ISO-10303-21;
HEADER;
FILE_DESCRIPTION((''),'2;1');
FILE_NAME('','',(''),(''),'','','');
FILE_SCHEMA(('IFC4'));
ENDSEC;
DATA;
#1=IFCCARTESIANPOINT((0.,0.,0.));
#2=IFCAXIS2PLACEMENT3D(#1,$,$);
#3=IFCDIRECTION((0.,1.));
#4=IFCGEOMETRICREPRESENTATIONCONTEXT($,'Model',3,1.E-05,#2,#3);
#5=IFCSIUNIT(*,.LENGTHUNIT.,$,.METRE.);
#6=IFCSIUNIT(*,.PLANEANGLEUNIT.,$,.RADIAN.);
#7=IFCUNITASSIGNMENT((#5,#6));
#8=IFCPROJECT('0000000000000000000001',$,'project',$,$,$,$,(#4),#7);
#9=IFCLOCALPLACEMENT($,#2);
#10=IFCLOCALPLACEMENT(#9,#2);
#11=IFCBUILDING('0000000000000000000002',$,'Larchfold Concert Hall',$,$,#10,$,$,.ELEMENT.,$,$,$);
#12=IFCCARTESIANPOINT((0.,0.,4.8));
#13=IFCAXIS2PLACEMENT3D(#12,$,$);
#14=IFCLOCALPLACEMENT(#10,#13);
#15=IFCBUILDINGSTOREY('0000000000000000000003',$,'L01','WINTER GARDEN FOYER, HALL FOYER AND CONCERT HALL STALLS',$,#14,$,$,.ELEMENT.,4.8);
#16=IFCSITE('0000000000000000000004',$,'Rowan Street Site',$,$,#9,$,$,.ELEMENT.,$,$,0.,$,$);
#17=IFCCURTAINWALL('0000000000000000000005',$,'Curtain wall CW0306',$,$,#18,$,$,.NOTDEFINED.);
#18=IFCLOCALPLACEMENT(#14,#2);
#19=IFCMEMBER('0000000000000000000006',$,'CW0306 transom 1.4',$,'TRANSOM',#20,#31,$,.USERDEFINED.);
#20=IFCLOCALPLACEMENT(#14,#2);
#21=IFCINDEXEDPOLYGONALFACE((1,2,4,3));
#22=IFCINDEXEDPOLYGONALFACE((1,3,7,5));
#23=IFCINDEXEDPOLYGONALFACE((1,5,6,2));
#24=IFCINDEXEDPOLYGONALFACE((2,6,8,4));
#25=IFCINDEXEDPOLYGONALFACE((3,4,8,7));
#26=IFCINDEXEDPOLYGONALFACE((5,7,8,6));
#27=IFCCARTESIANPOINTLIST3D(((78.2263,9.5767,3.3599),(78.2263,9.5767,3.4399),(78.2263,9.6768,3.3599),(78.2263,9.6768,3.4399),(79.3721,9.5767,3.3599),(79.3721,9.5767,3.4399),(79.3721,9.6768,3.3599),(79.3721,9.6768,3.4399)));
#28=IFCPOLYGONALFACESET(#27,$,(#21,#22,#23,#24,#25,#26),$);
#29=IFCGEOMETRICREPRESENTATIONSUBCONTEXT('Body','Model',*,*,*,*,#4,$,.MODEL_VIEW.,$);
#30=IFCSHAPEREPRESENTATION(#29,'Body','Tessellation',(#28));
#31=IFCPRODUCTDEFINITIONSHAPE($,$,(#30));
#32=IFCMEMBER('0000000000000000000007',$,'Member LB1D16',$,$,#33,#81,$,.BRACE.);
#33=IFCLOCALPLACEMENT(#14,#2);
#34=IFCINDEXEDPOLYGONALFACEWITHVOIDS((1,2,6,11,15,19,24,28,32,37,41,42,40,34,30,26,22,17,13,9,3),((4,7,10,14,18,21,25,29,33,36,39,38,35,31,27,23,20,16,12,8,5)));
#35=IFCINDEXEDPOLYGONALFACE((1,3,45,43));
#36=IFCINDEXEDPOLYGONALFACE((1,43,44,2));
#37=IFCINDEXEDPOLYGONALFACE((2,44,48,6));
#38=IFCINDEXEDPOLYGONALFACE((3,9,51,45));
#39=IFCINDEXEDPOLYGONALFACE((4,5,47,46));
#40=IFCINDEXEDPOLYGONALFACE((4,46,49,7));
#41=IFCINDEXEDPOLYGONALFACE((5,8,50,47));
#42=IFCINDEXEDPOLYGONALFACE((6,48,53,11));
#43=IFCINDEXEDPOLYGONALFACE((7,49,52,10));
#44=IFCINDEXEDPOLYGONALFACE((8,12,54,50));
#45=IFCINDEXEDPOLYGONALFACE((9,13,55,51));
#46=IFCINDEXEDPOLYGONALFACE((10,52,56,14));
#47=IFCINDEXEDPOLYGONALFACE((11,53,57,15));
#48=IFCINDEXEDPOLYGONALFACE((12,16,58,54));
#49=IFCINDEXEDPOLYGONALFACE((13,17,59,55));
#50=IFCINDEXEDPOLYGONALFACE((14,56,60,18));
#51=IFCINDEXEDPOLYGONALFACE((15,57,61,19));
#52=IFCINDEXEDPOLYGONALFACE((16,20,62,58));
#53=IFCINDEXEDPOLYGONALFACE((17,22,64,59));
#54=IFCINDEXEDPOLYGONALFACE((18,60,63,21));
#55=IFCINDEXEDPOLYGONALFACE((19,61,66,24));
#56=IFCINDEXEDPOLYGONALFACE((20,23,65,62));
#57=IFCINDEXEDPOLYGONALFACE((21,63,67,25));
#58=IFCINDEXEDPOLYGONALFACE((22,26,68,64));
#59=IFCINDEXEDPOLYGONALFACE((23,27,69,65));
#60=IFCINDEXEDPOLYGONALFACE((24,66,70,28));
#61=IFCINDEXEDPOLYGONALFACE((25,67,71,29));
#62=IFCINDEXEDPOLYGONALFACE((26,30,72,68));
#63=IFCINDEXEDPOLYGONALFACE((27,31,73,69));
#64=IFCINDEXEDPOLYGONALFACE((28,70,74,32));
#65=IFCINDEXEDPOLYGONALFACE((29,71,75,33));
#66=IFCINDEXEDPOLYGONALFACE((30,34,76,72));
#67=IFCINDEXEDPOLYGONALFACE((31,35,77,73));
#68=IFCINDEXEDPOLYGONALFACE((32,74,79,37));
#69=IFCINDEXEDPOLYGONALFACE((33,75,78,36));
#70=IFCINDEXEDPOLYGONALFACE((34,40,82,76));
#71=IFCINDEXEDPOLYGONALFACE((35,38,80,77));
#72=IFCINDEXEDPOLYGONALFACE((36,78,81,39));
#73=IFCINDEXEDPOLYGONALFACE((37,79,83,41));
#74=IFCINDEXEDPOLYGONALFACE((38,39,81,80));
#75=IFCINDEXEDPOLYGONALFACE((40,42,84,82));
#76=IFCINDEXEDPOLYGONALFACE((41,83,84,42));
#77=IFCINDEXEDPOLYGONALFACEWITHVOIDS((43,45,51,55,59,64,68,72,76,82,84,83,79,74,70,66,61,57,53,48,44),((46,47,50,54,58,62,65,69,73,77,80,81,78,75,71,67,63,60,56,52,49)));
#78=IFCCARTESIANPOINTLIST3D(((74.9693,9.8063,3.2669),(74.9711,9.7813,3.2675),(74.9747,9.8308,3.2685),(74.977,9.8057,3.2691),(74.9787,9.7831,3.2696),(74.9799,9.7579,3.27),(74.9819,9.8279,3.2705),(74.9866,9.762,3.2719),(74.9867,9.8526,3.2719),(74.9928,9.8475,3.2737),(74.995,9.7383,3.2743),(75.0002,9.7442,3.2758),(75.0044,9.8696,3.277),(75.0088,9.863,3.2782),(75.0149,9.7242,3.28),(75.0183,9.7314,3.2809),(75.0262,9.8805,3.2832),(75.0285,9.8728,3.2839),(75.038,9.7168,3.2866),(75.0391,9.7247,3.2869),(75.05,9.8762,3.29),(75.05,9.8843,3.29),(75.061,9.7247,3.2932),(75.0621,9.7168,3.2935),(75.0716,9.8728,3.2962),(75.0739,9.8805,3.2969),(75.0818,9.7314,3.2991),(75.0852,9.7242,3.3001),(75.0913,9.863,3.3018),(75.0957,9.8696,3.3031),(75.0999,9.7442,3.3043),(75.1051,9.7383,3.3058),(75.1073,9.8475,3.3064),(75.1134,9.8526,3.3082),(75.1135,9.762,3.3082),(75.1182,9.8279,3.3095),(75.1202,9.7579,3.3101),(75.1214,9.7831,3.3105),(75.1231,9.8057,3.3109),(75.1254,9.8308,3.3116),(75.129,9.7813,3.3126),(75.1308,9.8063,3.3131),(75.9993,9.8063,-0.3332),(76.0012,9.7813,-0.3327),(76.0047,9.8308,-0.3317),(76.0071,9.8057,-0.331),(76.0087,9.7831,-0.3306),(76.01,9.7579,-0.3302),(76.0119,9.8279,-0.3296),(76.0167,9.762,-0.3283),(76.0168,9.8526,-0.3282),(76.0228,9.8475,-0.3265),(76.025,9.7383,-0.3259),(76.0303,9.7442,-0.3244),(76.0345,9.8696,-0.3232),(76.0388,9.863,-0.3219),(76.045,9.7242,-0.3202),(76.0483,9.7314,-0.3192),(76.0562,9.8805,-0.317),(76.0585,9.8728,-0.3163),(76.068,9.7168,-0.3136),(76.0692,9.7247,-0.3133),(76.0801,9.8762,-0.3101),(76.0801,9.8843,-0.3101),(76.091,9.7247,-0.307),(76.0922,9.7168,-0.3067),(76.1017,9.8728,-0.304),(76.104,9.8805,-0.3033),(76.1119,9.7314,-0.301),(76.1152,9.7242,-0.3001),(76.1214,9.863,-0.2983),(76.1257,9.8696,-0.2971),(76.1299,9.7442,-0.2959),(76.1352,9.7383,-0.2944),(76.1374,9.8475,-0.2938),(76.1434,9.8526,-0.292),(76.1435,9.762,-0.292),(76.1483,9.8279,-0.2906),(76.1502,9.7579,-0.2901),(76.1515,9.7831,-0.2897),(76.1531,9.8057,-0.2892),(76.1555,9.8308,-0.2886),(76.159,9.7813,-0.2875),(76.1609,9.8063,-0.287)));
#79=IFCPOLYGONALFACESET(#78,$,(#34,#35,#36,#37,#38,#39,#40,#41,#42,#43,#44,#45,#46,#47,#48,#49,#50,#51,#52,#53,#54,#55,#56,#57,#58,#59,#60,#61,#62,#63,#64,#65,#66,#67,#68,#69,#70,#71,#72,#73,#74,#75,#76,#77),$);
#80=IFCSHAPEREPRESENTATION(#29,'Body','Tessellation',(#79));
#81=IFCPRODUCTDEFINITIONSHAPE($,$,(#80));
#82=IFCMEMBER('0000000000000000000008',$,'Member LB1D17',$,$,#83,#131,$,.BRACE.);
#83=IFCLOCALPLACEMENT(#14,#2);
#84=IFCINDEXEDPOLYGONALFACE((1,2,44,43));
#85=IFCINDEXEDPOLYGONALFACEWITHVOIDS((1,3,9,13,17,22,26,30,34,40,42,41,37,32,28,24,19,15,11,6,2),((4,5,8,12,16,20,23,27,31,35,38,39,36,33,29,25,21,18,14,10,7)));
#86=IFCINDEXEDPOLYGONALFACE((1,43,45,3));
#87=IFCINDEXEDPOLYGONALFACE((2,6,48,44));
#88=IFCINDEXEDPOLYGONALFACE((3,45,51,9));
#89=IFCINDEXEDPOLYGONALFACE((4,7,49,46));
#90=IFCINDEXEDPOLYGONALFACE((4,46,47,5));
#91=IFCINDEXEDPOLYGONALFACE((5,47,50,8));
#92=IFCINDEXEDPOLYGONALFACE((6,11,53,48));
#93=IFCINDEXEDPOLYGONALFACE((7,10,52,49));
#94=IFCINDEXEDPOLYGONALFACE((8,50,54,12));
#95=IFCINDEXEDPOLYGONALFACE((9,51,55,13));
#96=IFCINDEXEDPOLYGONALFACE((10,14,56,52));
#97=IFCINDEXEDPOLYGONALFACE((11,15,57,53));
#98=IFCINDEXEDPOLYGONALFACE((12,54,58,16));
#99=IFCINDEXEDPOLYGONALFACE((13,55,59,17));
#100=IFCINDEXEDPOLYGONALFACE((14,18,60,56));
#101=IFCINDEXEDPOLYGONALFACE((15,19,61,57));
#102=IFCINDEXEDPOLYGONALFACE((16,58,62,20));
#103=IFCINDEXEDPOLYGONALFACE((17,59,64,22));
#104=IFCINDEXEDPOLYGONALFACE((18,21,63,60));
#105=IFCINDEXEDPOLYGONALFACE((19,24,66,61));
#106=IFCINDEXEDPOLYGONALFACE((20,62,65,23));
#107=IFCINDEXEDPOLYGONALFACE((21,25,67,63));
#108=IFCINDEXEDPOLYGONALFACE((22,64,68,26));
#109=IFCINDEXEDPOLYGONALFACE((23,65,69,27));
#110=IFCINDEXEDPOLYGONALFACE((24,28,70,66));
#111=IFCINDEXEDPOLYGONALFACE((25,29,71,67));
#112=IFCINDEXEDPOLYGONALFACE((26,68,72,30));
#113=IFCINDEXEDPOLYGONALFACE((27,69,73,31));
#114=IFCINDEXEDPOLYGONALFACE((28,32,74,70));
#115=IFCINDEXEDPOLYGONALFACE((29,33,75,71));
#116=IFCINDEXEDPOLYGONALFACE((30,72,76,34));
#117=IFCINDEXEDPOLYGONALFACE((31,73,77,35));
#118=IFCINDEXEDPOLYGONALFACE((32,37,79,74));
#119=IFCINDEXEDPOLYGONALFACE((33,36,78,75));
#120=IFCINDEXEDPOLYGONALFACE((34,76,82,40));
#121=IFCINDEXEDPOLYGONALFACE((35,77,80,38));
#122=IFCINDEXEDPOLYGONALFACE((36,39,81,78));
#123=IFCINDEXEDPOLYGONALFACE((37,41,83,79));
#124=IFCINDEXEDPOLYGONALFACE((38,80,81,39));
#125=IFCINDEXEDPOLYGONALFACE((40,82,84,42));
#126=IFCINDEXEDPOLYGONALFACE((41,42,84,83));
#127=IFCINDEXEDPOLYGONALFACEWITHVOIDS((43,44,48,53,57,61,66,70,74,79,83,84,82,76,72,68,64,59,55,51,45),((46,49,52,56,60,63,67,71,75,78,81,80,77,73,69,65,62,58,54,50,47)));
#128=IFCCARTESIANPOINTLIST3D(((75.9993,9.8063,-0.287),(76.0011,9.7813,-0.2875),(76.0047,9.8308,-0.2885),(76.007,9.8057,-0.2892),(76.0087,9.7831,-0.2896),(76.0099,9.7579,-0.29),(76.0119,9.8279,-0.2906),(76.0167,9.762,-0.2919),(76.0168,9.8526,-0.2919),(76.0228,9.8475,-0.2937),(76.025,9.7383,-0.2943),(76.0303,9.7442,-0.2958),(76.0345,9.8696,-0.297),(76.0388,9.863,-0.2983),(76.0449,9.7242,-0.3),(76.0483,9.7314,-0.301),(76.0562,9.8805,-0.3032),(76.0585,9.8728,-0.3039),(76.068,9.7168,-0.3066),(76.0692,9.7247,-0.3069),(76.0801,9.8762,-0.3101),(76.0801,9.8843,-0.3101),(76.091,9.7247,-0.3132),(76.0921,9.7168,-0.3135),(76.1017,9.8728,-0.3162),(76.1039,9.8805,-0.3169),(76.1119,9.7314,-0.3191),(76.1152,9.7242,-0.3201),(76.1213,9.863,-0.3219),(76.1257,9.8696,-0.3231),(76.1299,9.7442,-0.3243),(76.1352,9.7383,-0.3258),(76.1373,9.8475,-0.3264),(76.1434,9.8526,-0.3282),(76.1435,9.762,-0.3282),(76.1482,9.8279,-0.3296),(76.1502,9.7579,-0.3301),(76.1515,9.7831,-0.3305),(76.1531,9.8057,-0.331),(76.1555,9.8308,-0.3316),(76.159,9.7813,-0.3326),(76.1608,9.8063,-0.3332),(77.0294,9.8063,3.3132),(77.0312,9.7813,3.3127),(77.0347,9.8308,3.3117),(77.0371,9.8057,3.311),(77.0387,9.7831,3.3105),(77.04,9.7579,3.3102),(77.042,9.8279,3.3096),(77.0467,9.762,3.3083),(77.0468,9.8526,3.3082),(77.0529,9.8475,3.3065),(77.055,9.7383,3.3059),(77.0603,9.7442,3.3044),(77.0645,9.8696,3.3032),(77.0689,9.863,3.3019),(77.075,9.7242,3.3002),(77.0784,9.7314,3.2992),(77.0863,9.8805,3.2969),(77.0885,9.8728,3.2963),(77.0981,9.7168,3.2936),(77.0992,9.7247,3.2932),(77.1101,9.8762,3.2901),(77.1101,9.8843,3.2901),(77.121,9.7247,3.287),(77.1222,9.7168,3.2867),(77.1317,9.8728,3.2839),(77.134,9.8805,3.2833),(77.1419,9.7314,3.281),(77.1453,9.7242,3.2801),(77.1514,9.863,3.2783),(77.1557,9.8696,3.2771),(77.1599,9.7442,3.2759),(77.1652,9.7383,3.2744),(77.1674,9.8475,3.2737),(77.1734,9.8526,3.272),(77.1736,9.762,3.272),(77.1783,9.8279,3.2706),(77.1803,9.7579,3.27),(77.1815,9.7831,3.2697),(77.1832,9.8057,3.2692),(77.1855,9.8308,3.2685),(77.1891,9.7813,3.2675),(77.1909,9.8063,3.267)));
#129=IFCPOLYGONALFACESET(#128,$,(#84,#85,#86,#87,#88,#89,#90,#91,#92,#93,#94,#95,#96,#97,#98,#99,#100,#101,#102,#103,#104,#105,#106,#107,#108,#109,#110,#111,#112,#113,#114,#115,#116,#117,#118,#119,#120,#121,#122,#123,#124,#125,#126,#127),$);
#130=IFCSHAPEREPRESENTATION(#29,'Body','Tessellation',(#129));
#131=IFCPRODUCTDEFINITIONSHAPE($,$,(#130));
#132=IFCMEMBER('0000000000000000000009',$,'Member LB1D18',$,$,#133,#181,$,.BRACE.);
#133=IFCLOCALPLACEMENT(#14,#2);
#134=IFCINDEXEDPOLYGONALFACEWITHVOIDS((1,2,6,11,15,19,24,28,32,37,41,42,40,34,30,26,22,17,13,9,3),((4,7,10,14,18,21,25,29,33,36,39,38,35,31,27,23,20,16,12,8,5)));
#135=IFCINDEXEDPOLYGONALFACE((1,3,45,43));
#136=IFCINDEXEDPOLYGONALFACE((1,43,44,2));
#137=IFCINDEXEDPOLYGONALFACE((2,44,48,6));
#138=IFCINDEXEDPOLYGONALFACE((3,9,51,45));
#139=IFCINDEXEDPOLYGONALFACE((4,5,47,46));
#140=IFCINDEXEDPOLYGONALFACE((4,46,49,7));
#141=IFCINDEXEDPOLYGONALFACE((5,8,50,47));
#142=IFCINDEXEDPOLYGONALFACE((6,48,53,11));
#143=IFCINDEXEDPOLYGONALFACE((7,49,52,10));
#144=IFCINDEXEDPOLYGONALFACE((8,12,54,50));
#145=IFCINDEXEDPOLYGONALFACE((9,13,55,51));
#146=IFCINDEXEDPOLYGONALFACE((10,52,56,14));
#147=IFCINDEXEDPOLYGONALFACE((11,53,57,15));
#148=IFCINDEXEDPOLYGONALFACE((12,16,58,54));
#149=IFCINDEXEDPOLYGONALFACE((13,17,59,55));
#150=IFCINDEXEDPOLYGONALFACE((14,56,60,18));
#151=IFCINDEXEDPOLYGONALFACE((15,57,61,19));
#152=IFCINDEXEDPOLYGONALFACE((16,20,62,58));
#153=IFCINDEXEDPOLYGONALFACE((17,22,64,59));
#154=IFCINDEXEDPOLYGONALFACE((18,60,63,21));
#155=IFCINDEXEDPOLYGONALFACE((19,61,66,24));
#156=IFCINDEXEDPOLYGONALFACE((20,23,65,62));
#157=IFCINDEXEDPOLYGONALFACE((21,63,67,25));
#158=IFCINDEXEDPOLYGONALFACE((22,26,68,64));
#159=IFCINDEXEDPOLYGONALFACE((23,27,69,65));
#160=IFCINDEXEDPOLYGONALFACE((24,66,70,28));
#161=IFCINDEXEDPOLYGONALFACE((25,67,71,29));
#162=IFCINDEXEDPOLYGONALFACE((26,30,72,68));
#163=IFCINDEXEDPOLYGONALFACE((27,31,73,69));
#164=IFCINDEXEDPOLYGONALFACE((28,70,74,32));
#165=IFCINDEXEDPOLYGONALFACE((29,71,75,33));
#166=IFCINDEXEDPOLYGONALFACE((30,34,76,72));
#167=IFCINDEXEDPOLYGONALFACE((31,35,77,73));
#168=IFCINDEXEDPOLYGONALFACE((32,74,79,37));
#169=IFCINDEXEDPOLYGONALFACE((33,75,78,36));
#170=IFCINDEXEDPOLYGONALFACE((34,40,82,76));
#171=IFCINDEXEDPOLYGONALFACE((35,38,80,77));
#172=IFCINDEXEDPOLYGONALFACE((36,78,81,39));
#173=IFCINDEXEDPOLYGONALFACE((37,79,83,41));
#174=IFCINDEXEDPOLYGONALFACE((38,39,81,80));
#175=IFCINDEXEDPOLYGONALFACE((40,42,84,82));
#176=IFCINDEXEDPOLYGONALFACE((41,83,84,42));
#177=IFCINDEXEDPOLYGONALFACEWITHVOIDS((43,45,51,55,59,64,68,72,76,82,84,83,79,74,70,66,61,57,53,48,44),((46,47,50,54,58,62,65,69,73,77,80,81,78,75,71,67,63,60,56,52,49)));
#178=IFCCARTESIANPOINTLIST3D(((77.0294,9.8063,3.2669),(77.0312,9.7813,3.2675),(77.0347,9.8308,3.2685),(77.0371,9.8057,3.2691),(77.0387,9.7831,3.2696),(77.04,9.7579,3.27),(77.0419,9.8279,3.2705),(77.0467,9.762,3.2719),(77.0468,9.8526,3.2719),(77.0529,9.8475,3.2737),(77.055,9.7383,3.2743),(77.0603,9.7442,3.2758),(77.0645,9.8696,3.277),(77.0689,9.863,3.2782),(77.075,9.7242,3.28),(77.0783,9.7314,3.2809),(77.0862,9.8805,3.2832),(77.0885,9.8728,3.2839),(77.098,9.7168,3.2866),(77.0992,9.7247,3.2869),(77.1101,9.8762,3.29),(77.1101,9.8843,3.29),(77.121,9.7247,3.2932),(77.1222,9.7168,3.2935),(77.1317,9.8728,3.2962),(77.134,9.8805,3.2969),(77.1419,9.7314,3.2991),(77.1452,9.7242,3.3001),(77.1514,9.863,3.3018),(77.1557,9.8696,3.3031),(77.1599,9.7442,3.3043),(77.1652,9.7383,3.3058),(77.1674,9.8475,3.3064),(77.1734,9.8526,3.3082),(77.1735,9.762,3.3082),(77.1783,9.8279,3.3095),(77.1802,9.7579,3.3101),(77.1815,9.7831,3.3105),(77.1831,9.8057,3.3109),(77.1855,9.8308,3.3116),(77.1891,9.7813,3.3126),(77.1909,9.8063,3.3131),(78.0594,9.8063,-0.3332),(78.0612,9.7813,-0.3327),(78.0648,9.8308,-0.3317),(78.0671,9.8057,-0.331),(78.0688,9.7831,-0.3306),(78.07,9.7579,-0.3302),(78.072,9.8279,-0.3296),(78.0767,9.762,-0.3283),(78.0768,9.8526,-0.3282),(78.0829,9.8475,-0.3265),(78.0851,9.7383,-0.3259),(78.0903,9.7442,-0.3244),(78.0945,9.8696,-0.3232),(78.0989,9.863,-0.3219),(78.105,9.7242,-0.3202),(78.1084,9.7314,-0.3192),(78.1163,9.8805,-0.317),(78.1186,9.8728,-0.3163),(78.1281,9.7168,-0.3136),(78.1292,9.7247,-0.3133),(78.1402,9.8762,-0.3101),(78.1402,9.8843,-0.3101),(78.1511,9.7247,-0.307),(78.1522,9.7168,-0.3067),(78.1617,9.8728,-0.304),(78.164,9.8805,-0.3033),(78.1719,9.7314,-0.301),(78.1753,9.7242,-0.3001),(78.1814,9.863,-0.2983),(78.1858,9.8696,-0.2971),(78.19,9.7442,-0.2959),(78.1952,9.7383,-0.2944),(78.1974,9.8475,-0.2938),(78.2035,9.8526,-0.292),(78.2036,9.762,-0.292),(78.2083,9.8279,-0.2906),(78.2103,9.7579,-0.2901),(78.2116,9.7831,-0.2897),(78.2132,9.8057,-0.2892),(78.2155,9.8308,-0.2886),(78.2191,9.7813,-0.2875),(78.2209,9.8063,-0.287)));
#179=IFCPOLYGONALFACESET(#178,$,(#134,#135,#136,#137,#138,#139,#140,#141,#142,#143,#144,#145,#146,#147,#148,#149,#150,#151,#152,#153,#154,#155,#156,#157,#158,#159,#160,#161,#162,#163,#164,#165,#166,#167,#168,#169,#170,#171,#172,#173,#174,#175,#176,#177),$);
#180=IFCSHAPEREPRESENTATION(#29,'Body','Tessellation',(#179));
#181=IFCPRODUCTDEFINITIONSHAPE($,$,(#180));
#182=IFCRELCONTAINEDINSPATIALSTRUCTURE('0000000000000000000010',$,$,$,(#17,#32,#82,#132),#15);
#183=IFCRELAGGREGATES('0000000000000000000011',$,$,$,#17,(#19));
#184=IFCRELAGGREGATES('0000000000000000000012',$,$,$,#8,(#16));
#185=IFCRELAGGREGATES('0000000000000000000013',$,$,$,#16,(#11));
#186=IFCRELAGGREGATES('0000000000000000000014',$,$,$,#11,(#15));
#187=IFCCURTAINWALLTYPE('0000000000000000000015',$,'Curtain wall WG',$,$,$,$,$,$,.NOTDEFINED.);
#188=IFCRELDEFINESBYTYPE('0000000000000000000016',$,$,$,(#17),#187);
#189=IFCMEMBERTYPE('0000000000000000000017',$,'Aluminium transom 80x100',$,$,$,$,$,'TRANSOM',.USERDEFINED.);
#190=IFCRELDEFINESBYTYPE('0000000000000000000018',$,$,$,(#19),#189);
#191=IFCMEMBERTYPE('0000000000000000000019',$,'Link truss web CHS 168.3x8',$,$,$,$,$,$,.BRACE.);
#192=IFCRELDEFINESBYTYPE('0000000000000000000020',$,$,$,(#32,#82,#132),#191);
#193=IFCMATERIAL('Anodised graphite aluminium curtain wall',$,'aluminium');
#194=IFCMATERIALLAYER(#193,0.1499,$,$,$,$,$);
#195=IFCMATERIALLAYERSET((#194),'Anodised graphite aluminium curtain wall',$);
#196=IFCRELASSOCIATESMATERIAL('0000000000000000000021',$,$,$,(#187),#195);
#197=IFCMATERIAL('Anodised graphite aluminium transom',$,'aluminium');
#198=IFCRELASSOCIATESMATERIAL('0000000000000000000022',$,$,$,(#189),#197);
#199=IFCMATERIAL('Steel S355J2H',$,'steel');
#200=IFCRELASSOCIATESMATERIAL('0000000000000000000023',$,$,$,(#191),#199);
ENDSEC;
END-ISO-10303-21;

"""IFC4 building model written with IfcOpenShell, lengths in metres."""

from ifc_helpers import new_model, si_unit, direction, frame, origin, origin_2d, place, context, subcontext, project, spatial, rectangle, hollow_circle, extrude, material, layer, layer_set, material_profile, profile_set, type_object, element, aggregate, save


model = new_model("IFC4")

# Units and contexts
model_context = context("Model", 3, precision=1e-05, world=origin(), true_north=direction((0.0, 1.0)))
body_context = subcontext(model_context, "Body", "Model", "MODEL_VIEW")
ifc_project = project(units=[si_unit("LENGTHUNIT", "METRE"), si_unit("PLANEANGLEUNIT", "RADIAN")], contexts=[model_context])

# Site, building, storey
site_placement = place(None, origin())
site = spatial("IfcSite", under=ifc_project, at=site_placement, Name="Rowan Street Site", CompositionType="ELEMENT", RefElevation=0.0)
building_placement = place(site_placement, origin())
building = spatial("IfcBuilding", under=site, at=building_placement, Name="Larchfold Concert Hall", CompositionType="ELEMENT")
storey_placement = place(building_placement, frame((0.0, 0.0, 4.8)))
storey = spatial("IfcBuildingStorey", under=building, at=storey_placement, Name="L01", Description="WINTER GARDEN FOYER, HALL FOYER AND CONCERT HALL STALLS", CompositionType="ELEMENT", Elevation=4.8)

# Shared definitions
ifc_material_1 = material(Name="Anodised graphite aluminium curtain wall", Category="aluminium")
ifc_layer_1 = layer(ifc_material_1, 0.1499)
ifc_layer_set_1 = layer_set([ifc_layer_1], Name="Anodised graphite aluminium curtain wall")
curtain_wall_type = type_object("IfcCurtainWallType", Name="Curtain wall WG", PredefinedType="NOTDEFINED", material=ifc_layer_set_1)

# Curtain wall
curtain_wall_1_placement = place(storey_placement, origin())
curtain_wall_1 = element("IfcCurtainWall", 1, at=curtain_wall_1_placement, inside=storey, type_object=curtain_wall_type, Name="Curtain wall CW0306", PredefinedType="NOTDEFINED")

# Member
ifc_material_2 = material(Name="Anodised graphite aluminium transom", Category="aluminium")
ifc_material_profile_1 = material_profile(ifc_material_2, rectangle(XDim=0.1001, YDim=0.0801, at=origin_2d()))
ifc_profile_set_1 = profile_set([ifc_material_profile_1], Name="Anodised graphite aluminium transom")
member_type_1 = type_object("IfcMemberType", Name="Aluminium transom 80x100", ElementType="TRANSOM", PredefinedType="USERDEFINED", material=ifc_profile_set_1)
member_1_placement = place(storey_placement, frame((78.2263, 9.6267, 3.3999), z_axis=(1.0, 0.0, 0.0), x_axis=(0.0, 1.0, 0.0)))
member_1 = element("IfcMember", 2, at=member_1_placement, type_object=member_type_1, Name="CW0306 transom 1.4", ObjectType="TRANSOM", PredefinedType="USERDEFINED", context=body_context, shape_type="SweptSolid", body=[
    extrude(rectangle(XDim=0.1001, YDim=0.0801, at=origin_2d()), origin(), (0.0, 0.0, 1.0), 1.1458),
])

# Members
ifc_material_3 = material(Name="Steel S355J2H", Category="steel")
ifc_material_profile_2 = material_profile(ifc_material_3, hollow_circle(Radius=0.0842, WallThickness=0.0081, at=origin_2d()))
ifc_profile_set_2 = profile_set([ifc_material_profile_2], Name="Steel S355J2H")
member_type_2 = type_object("IfcMemberType", Name="Link truss web CHS 168.3x8", PredefinedType="BRACE", material=ifc_profile_set_2)
for number, where, z_axis, x_axis, name in (
    (3, (75.05, 9.8, 3.29), (0.275074, 0.0, -0.961423), (0.0, 1.0, 0.0), "Member LB1D16"),
    (4, (76.0801, 9.8, -0.3101), (0.275074, 0.0, 0.961423), (0.0, 1.0, 0.0), "Member LB1D17"),
    (5, (77.1101, 9.8, 3.29), (0.275074, 0.0, -0.961423), (0.0, 1.0, 0.0), "Member LB1D18"),
):
    element("IfcMember", number, at=place(storey_placement, frame(where, z_axis=z_axis, x_axis=x_axis)), inside=storey, type_object=member_type_2, Name=name, PredefinedType="BRACE", context=body_context, shape_type="SweptSolid", body=[
        extrude(hollow_circle(Radius=0.0842, WallThickness=0.0081, at=origin_2d()), origin(), (0.0, 0.0, 1.0), 3.7446),
    ])

aggregate(curtain_wall_1, [member_1])

save(model, "model.ifc")
